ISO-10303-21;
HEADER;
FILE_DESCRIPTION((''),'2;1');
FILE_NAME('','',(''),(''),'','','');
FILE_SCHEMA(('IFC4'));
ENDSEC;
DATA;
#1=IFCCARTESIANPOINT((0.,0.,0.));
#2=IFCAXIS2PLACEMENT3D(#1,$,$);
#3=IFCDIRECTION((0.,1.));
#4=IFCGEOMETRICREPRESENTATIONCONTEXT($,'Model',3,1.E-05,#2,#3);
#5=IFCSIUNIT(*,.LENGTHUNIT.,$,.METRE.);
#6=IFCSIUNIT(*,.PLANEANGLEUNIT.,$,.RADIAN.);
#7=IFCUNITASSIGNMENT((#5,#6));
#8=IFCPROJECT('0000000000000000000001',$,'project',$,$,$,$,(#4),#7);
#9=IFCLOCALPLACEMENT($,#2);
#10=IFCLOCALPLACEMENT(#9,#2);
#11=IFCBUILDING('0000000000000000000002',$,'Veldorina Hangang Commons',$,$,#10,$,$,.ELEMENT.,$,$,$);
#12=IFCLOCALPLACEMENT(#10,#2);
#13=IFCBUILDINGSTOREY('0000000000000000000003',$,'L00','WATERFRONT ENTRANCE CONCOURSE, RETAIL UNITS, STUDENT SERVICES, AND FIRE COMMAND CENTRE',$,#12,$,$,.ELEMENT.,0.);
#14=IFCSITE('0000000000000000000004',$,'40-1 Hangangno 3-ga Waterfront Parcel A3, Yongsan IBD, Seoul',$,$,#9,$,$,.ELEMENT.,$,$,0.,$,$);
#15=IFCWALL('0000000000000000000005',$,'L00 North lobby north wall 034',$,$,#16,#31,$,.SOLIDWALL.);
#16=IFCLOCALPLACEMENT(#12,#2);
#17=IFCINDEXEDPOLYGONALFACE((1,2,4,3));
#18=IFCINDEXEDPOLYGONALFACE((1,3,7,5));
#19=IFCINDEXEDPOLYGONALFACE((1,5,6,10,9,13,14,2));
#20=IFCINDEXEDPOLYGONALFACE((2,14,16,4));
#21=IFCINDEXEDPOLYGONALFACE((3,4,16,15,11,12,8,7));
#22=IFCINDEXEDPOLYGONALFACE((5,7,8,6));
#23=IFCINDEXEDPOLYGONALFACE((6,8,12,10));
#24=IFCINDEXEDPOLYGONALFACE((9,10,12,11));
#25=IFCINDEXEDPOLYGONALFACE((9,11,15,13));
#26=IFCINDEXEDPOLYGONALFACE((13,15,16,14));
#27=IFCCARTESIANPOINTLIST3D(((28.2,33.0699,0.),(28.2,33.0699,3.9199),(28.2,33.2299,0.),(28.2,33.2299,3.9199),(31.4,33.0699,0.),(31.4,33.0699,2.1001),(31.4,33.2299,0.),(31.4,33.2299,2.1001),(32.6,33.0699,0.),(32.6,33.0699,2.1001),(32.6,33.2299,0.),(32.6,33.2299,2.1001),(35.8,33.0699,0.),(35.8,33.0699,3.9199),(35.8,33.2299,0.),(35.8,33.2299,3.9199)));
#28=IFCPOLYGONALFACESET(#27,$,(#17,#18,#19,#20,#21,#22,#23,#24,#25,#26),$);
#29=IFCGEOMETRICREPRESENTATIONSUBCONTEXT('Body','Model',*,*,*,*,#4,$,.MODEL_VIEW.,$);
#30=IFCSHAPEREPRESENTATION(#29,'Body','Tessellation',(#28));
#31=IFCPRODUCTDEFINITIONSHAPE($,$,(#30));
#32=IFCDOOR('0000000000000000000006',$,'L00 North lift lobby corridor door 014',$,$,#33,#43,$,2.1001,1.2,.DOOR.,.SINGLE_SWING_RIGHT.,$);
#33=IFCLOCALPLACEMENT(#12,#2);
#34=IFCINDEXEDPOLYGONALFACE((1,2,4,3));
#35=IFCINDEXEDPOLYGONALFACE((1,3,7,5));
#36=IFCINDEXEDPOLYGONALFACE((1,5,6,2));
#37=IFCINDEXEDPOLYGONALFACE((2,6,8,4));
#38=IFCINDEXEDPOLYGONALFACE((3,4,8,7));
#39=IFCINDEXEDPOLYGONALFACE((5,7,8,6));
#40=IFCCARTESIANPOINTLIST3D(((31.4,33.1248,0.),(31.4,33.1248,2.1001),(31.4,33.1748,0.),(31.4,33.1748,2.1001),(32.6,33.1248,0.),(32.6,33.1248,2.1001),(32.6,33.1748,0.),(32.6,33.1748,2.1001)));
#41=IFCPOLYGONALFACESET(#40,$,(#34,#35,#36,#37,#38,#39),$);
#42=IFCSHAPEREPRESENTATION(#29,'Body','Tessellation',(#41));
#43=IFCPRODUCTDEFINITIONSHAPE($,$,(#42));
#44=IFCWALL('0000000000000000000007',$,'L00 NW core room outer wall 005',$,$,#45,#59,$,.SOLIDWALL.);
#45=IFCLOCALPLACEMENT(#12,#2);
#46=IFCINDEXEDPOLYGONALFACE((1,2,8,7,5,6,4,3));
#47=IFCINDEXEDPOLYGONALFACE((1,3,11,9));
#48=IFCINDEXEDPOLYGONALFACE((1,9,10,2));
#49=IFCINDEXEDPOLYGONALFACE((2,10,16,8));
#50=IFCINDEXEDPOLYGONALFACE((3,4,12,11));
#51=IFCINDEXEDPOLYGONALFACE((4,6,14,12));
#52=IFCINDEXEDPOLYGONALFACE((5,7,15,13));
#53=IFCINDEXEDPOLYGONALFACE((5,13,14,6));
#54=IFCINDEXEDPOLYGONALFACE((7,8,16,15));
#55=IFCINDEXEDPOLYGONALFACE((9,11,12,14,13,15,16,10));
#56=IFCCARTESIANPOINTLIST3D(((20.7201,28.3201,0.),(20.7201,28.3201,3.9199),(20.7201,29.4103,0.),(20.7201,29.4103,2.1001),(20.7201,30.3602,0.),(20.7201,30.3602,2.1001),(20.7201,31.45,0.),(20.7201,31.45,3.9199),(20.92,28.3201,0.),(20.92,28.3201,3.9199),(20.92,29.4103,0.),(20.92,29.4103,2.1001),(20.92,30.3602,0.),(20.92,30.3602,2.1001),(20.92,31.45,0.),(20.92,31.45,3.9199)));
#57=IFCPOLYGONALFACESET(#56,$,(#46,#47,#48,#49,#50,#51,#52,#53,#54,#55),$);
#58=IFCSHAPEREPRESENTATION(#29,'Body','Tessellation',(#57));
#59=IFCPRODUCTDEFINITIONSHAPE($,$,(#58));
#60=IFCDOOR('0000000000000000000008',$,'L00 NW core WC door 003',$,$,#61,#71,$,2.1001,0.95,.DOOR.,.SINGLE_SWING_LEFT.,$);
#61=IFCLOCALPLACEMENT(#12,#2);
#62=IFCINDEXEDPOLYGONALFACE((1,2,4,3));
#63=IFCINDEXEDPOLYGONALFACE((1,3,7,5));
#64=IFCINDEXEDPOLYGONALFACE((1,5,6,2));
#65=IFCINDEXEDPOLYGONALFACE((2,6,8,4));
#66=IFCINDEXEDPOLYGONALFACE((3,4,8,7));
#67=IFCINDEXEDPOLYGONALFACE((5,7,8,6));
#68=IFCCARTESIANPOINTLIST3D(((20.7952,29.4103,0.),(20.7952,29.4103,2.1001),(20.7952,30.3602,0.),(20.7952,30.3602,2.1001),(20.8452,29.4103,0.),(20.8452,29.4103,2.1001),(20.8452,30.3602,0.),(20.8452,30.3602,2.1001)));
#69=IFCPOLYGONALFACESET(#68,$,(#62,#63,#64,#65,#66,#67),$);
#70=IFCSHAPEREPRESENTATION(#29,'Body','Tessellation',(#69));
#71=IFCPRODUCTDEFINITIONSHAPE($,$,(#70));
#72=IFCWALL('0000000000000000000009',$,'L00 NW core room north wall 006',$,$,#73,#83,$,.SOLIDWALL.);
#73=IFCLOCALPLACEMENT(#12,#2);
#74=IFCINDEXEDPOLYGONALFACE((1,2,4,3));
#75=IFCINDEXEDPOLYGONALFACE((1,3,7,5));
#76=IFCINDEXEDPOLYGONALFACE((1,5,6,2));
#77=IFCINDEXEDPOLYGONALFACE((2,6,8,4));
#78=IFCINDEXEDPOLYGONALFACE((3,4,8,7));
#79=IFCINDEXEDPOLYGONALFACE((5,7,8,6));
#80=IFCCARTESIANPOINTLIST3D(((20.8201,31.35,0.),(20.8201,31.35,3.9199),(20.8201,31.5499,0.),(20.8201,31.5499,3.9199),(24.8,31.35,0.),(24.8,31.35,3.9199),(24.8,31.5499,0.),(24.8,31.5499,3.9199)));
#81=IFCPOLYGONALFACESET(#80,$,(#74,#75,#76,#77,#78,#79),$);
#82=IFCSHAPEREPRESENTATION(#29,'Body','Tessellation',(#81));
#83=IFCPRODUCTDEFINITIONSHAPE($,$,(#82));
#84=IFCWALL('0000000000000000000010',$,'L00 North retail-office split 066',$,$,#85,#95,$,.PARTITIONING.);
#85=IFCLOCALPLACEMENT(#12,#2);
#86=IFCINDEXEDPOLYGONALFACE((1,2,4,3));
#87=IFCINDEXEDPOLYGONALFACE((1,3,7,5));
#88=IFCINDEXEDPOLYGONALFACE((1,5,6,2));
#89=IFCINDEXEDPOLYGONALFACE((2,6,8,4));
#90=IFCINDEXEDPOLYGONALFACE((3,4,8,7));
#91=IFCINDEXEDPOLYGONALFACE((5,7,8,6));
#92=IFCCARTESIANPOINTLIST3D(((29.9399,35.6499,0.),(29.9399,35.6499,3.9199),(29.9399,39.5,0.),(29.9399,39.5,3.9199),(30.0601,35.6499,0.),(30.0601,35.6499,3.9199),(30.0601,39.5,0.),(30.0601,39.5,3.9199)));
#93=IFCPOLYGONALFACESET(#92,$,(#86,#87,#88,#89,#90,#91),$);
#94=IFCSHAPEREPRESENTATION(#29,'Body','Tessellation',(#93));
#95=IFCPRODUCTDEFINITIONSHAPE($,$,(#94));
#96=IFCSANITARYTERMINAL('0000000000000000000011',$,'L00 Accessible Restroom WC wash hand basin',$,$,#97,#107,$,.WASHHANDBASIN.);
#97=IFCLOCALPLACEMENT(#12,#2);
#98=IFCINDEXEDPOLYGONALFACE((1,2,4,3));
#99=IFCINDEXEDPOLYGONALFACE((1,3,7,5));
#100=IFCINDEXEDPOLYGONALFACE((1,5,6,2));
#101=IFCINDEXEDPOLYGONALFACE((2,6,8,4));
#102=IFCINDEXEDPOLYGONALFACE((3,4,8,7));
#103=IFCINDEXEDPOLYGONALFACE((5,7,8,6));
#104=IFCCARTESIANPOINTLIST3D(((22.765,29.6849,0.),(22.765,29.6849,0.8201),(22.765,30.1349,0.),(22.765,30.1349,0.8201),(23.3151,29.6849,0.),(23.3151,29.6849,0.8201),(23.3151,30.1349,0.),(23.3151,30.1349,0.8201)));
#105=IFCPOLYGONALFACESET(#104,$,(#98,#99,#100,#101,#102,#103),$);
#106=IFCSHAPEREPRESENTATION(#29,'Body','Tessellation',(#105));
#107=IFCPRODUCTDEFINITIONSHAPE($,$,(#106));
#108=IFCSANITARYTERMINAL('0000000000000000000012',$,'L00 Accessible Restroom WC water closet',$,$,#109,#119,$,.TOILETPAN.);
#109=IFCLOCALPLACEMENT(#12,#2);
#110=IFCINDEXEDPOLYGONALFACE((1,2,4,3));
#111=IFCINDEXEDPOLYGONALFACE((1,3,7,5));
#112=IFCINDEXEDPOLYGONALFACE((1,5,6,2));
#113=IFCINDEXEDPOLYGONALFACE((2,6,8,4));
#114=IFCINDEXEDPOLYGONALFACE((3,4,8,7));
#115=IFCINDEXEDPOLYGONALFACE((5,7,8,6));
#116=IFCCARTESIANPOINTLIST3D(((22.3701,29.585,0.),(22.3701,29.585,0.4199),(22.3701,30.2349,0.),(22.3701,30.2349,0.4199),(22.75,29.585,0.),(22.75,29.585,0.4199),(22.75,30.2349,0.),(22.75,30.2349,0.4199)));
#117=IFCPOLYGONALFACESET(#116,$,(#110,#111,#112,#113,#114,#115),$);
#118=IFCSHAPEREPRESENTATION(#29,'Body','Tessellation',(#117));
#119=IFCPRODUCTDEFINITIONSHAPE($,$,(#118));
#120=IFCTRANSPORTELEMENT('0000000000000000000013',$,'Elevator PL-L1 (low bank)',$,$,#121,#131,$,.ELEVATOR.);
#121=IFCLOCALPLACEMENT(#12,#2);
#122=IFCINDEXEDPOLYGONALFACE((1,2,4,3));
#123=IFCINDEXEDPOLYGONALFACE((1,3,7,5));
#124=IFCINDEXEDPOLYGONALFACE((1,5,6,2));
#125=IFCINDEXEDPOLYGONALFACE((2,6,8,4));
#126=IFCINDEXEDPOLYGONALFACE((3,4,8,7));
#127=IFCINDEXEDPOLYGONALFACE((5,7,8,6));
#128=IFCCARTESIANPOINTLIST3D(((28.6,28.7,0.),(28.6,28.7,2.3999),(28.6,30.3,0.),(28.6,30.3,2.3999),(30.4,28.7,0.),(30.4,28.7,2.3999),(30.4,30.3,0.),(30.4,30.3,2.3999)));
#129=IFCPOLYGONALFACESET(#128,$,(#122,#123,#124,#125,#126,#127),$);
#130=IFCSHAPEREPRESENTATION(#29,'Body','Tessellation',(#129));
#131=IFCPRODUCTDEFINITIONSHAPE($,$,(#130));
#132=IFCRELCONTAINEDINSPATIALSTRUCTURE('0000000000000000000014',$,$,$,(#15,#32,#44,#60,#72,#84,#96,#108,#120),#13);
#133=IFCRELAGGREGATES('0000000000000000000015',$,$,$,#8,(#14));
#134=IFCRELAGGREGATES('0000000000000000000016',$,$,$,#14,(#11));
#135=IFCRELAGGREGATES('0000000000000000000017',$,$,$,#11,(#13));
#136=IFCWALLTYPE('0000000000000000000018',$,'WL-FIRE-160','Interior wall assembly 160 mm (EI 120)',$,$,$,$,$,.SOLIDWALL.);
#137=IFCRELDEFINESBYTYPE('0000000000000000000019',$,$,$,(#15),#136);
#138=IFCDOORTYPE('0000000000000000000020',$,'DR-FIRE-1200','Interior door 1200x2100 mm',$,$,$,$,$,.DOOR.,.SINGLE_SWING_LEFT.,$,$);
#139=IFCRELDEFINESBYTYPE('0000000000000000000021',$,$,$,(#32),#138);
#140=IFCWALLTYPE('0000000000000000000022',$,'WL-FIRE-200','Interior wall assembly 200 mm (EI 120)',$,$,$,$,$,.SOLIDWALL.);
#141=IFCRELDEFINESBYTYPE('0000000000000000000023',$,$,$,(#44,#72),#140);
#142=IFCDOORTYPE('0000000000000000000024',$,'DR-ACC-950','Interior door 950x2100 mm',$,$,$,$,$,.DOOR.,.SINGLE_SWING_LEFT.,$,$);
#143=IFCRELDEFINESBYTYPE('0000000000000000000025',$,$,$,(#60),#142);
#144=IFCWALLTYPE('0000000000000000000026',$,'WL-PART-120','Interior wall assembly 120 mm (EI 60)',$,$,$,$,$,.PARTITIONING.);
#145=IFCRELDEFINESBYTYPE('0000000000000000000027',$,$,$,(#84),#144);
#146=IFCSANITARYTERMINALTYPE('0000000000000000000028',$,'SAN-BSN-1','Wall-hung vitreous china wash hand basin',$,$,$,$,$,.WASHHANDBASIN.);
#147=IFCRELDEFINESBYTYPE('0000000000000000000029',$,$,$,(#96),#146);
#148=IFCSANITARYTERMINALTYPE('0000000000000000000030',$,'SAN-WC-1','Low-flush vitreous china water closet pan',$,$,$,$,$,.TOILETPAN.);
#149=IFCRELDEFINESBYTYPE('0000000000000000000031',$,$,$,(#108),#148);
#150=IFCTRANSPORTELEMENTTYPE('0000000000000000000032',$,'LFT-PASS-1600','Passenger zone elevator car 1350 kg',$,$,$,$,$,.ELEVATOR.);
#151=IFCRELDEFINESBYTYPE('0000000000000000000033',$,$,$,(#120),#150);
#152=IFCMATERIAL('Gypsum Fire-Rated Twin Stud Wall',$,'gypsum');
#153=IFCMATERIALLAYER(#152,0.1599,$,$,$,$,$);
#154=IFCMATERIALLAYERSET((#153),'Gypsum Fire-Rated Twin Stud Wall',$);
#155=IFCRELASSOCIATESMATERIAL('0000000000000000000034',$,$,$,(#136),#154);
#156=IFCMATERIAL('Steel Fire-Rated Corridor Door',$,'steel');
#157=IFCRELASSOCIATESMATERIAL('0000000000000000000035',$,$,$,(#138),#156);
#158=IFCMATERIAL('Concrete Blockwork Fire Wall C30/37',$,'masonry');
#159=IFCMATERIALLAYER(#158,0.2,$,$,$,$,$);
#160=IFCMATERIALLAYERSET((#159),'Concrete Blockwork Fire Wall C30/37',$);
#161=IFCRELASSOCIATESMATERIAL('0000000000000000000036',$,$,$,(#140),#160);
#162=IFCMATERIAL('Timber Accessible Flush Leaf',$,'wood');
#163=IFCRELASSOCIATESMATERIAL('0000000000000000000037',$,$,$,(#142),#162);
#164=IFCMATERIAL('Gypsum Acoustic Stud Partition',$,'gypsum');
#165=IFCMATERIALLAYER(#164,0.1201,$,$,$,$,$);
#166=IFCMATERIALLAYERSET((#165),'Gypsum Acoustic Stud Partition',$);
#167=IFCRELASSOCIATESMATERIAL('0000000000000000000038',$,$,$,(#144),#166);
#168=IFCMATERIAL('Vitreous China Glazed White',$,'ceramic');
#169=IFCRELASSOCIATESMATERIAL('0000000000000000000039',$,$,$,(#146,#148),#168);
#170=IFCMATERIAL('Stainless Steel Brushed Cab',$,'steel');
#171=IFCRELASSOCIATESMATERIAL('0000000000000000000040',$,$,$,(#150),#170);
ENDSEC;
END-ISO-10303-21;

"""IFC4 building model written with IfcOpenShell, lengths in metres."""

from ifc_helpers import new_model, si_unit, direction, frame, frame_2d, origin, origin_2d, place, context, subcontext, project, spatial, rectangle, extrude, material, layer, layer_set, type_object, element, fill, save


model = new_model("IFC4")

# Units and contexts
model_context = context("Model", 3, precision=1e-05, world=origin(), true_north=direction((0.0, 1.0)))
body_context = subcontext(model_context, "Body", "Model", "MODEL_VIEW")
ifc_project = project(units=[si_unit("LENGTHUNIT", "METRE"), si_unit("PLANEANGLEUNIT", "RADIAN")], contexts=[model_context])

# Site, building, storey
site_placement = place(None, origin())
site = spatial("IfcSite", under=ifc_project, at=site_placement, Name="40-1 Hangangno 3-ga Waterfront Parcel A3, Yongsan IBD, Seoul", CompositionType="ELEMENT", RefElevation=0.0)
building_placement = place(site_placement, origin())
building = spatial("IfcBuilding", under=site, at=building_placement, Name="Veldorina Hangang Commons", CompositionType="ELEMENT")
storey_placement = place(building_placement, origin())
storey = spatial("IfcBuildingStorey", under=building, at=storey_placement, Name="L00", Description="WATERFRONT ENTRANCE CONCOURSE, RETAIL UNITS, STUDENT SERVICES, AND FIRE COMMAND CENTRE", CompositionType="ELEMENT", Elevation=0.0)

# Shared definitions
ifc_material_1 = material(Name="Gypsum Fire-Rated Twin Stud Wall", Category="gypsum")
ifc_layer_1 = layer(ifc_material_1, 0.1599)
ifc_layer_set_1 = layer_set([ifc_layer_1], Name="Gypsum Fire-Rated Twin Stud Wall")
wall_type_1 = type_object("IfcWallType", Name="WL-FIRE-160", Description="Interior wall assembly 160 mm (EI 120)", PredefinedType="SOLIDWALL", material=ifc_layer_set_1)

# Walls, openings, doors
wall_1_placement = place(storey_placement, frame((28.2, 33.1499, 0.0), z_axis=(0.0, 0.0, 1.0), x_axis=(1.0, 0.0, 0.0)))
wall_1 = element("IfcWall", 1, at=wall_1_placement, inside=storey, type_object=wall_type_1, Name="L00 North lobby north wall 034", PredefinedType="SOLIDWALL", context=body_context, shape_type="SweptSolid", body=[
    extrude(rectangle(XDim=7.6001, YDim=0.1599, at=frame_2d((3.8, 0.0))), origin(), (0.0, 0.0, 1.0), 3.9199),
])
opening_1_placement = place(wall_1_placement, frame((3.2, 0.0, 0.0)))
opening_1 = element("IfcOpeningElement", 2, at=opening_1_placement, cuts=wall_1, PredefinedType="OPENING", context=body_context, shape_type="SweptSolid", body=[
    extrude(rectangle(XDim=1.2, YDim=2.1001, at=frame_2d((0.6001, 1.05))), frame((0.0, 0.0898, 0.0), z_axis=(0.0, -1.0, 0.0), x_axis=(1.0, 0.0, 0.0)), (0.0, 0.0, 1.0), 0.1799),
])
ifc_material_2 = material(Name="Steel Fire-Rated Corridor Door", Category="steel")
door_type_1 = type_object("IfcDoorType", Name="DR-FIRE-1200", Description="Interior door 1200x2100 mm", OperationType="SINGLE_SWING_LEFT", PredefinedType="DOOR", material=ifc_material_2)
door_1_placement = place(opening_1_placement, origin())
door_1 = element("IfcDoor", 3, at=door_1_placement, inside=storey, type_object=door_type_1, Name="L00 North lift lobby corridor door 014", OperationType="SINGLE_SWING_RIGHT", OverallHeight=2.1001, OverallWidth=1.2, PredefinedType="DOOR", context=body_context, shape_type="SweptSolid", body=[
    extrude(rectangle(XDim=1.2, YDim=2.1001, at=frame_2d((0.6001, 1.05))), frame((0.0, 0.0249, 0.0), z_axis=(0.0, -1.0, 0.0), x_axis=(1.0, 0.0, 0.0)), (0.0, 0.0, 1.0), 0.05),
])
fill(opening_1, door_1)
ifc_material_3 = material(Name="Concrete Blockwork Fire Wall C30/37", Category="masonry")
ifc_layer_2 = layer(ifc_material_3, 0.2)
ifc_layer_set_2 = layer_set([ifc_layer_2], Name="Concrete Blockwork Fire Wall C30/37")
wall_type_2 = type_object("IfcWallType", Name="WL-FIRE-200", Description="Interior wall assembly 200 mm (EI 120)", PredefinedType="SOLIDWALL", material=ifc_layer_set_2)
wall_2_placement = place(storey_placement, frame((20.8201, 28.3201, 0.0), z_axis=(0.0, 0.0, 1.0), x_axis=(0.0, 1.0, 0.0)))
wall_2 = element("IfcWall", 4, at=wall_2_placement, inside=storey, type_object=wall_type_2, Name="L00 NW core room outer wall 005", PredefinedType="SOLIDWALL", context=body_context, shape_type="SweptSolid", body=[
    extrude(rectangle(XDim=3.1299, YDim=0.2, at=frame_2d((1.5649, 0.0))), origin(), (0.0, 0.0, 1.0), 3.9199),
])
opening_2_placement = place(wall_2_placement, frame((1.0901, 0.0, 0.0)))
opening_2 = element("IfcOpeningElement", 5, at=opening_2_placement, cuts=wall_2, PredefinedType="OPENING", context=body_context, shape_type="SweptSolid", body=[
    extrude(rectangle(XDim=0.95, YDim=2.1001, at=frame_2d((0.4751, 1.05))), frame((0.0, 0.1099, 0.0), z_axis=(0.0, -1.0, 0.0), x_axis=(1.0, 0.0, 0.0)), (0.0, 0.0, 1.0), 0.22),
])
ifc_material_4 = material(Name="Timber Accessible Flush Leaf", Category="wood")
door_type_2 = type_object("IfcDoorType", Name="DR-ACC-950", Description="Interior door 950x2100 mm", OperationType="SINGLE_SWING_LEFT", PredefinedType="DOOR", material=ifc_material_4)
door_2_placement = place(opening_2_placement, origin())
door_2 = element("IfcDoor", 6, at=door_2_placement, inside=storey, type_object=door_type_2, Name="L00 NW core WC door 003", OperationType="SINGLE_SWING_LEFT", OverallHeight=2.1001, OverallWidth=0.95, PredefinedType="DOOR", context=body_context, shape_type="SweptSolid", body=[
    extrude(rectangle(XDim=0.95, YDim=2.1001, at=frame_2d((0.4751, 1.05))), frame((0.0, 0.0249, 0.0), z_axis=(0.0, -1.0, 0.0), x_axis=(1.0, 0.0, 0.0)), (0.0, 0.0, 1.0), 0.05),
])
fill(opening_2, door_2)

# Walls
wall_3_placement = place(storey_placement, frame((20.8201, 31.45, 0.0), z_axis=(0.0, 0.0, 1.0), x_axis=(1.0, 0.0, 0.0)))
element("IfcWall", 7, at=wall_3_placement, inside=storey, type_object=wall_type_2, Name="L00 NW core room north wall 006", PredefinedType="SOLIDWALL", context=body_context, shape_type="SweptSolid", body=[
    extrude(rectangle(XDim=3.98, YDim=0.2, at=frame_2d((1.99, 0.0))), origin(), (0.0, 0.0, 1.0), 3.9199),
])
ifc_material_5 = material(Name="Gypsum Acoustic Stud Partition", Category="gypsum")
ifc_layer_3 = layer(ifc_material_5, 0.1201)
ifc_layer_set_3 = layer_set([ifc_layer_3], Name="Gypsum Acoustic Stud Partition")
wall_type_3 = type_object("IfcWallType", Name="WL-PART-120", Description="Interior wall assembly 120 mm (EI 60)", PredefinedType="PARTITIONING", material=ifc_layer_set_3)
wall_4_placement = place(storey_placement, frame((30.0, 35.6499, 0.0), z_axis=(0.0, 0.0, 1.0), x_axis=(0.0, 1.0, 0.0)))
element("IfcWall", 8, at=wall_4_placement, inside=storey, type_object=wall_type_3, Name="L00 North retail-office split 066", PredefinedType="PARTITIONING", context=body_context, shape_type="SweptSolid", body=[
    extrude(rectangle(XDim=3.8501, YDim=0.1201, at=frame_2d((1.925, 0.0))), origin(), (0.0, 0.0, 1.0), 3.9199),
])

# Sanitary terminals
ifc_material_6 = material(Name="Vitreous China Glazed White", Category="ceramic")
sanitary_terminal_type_1 = type_object("IfcSanitaryTerminalType", Name="SAN-BSN-1", Description="Wall-hung vitreous china wash hand basin", PredefinedType="WASHHANDBASIN", material=ifc_material_6)
sanitary_terminal_1_placement = place(storey_placement, frame((23.04, 29.9099, 0.0), z_axis=(0.0, 0.0, 1.0), x_axis=(1.0, 0.0, 0.0)))
element("IfcSanitaryTerminal", 9, at=sanitary_terminal_1_placement, inside=storey, type_object=sanitary_terminal_type_1, Name="L00 Accessible Restroom WC wash hand basin", PredefinedType="WASHHANDBASIN", context=body_context, shape_type="SweptSolid", body=[
    extrude(rectangle(XDim=0.55, YDim=0.45, at=origin_2d()), origin(), (0.0, 0.0, 1.0), 0.8201),
])
sanitary_terminal_type_2 = type_object("IfcSanitaryTerminalType", Name="SAN-WC-1", Description="Low-flush vitreous china water closet pan", PredefinedType="TOILETPAN", material=ifc_material_6)
sanitary_terminal_2_placement = place(storey_placement, frame((22.5601, 29.9099, 0.0), z_axis=(0.0, 0.0, 1.0), x_axis=(1.0, 0.0, 0.0)))
element("IfcSanitaryTerminal", 10, at=sanitary_terminal_2_placement, inside=storey, type_object=sanitary_terminal_type_2, Name="L00 Accessible Restroom WC water closet", PredefinedType="TOILETPAN", context=body_context, shape_type="SweptSolid", body=[
    extrude(rectangle(XDim=0.3799, YDim=0.6499, at=origin_2d()), origin(), (0.0, 0.0, 1.0), 0.4199),
])

# Transport element
ifc_material_7 = material(Name="Stainless Steel Brushed Cab", Category="steel")
transport_element_type = type_object("IfcTransportElementType", Name="LFT-PASS-1600", Description="Passenger zone elevator car 1350 kg", PredefinedType="ELEVATOR", material=ifc_material_7)
transport_element_placement = place(storey_placement, frame((29.5, 29.5, 0.0), z_axis=(0.0, 0.0, 1.0), x_axis=(1.0, 0.0, 0.0)))
element("IfcTransportElement", 11, at=transport_element_placement, inside=storey, type_object=transport_element_type, Name="Elevator PL-L1 (low bank)", PredefinedType="ELEVATOR", context=body_context, shape_type="SweptSolid", body=[
    extrude(rectangle(XDim=1.8, YDim=1.6001, at=origin_2d()), origin(), (0.0, 0.0, 1.0), 2.3999),
])

save(model, "model.ifc")
